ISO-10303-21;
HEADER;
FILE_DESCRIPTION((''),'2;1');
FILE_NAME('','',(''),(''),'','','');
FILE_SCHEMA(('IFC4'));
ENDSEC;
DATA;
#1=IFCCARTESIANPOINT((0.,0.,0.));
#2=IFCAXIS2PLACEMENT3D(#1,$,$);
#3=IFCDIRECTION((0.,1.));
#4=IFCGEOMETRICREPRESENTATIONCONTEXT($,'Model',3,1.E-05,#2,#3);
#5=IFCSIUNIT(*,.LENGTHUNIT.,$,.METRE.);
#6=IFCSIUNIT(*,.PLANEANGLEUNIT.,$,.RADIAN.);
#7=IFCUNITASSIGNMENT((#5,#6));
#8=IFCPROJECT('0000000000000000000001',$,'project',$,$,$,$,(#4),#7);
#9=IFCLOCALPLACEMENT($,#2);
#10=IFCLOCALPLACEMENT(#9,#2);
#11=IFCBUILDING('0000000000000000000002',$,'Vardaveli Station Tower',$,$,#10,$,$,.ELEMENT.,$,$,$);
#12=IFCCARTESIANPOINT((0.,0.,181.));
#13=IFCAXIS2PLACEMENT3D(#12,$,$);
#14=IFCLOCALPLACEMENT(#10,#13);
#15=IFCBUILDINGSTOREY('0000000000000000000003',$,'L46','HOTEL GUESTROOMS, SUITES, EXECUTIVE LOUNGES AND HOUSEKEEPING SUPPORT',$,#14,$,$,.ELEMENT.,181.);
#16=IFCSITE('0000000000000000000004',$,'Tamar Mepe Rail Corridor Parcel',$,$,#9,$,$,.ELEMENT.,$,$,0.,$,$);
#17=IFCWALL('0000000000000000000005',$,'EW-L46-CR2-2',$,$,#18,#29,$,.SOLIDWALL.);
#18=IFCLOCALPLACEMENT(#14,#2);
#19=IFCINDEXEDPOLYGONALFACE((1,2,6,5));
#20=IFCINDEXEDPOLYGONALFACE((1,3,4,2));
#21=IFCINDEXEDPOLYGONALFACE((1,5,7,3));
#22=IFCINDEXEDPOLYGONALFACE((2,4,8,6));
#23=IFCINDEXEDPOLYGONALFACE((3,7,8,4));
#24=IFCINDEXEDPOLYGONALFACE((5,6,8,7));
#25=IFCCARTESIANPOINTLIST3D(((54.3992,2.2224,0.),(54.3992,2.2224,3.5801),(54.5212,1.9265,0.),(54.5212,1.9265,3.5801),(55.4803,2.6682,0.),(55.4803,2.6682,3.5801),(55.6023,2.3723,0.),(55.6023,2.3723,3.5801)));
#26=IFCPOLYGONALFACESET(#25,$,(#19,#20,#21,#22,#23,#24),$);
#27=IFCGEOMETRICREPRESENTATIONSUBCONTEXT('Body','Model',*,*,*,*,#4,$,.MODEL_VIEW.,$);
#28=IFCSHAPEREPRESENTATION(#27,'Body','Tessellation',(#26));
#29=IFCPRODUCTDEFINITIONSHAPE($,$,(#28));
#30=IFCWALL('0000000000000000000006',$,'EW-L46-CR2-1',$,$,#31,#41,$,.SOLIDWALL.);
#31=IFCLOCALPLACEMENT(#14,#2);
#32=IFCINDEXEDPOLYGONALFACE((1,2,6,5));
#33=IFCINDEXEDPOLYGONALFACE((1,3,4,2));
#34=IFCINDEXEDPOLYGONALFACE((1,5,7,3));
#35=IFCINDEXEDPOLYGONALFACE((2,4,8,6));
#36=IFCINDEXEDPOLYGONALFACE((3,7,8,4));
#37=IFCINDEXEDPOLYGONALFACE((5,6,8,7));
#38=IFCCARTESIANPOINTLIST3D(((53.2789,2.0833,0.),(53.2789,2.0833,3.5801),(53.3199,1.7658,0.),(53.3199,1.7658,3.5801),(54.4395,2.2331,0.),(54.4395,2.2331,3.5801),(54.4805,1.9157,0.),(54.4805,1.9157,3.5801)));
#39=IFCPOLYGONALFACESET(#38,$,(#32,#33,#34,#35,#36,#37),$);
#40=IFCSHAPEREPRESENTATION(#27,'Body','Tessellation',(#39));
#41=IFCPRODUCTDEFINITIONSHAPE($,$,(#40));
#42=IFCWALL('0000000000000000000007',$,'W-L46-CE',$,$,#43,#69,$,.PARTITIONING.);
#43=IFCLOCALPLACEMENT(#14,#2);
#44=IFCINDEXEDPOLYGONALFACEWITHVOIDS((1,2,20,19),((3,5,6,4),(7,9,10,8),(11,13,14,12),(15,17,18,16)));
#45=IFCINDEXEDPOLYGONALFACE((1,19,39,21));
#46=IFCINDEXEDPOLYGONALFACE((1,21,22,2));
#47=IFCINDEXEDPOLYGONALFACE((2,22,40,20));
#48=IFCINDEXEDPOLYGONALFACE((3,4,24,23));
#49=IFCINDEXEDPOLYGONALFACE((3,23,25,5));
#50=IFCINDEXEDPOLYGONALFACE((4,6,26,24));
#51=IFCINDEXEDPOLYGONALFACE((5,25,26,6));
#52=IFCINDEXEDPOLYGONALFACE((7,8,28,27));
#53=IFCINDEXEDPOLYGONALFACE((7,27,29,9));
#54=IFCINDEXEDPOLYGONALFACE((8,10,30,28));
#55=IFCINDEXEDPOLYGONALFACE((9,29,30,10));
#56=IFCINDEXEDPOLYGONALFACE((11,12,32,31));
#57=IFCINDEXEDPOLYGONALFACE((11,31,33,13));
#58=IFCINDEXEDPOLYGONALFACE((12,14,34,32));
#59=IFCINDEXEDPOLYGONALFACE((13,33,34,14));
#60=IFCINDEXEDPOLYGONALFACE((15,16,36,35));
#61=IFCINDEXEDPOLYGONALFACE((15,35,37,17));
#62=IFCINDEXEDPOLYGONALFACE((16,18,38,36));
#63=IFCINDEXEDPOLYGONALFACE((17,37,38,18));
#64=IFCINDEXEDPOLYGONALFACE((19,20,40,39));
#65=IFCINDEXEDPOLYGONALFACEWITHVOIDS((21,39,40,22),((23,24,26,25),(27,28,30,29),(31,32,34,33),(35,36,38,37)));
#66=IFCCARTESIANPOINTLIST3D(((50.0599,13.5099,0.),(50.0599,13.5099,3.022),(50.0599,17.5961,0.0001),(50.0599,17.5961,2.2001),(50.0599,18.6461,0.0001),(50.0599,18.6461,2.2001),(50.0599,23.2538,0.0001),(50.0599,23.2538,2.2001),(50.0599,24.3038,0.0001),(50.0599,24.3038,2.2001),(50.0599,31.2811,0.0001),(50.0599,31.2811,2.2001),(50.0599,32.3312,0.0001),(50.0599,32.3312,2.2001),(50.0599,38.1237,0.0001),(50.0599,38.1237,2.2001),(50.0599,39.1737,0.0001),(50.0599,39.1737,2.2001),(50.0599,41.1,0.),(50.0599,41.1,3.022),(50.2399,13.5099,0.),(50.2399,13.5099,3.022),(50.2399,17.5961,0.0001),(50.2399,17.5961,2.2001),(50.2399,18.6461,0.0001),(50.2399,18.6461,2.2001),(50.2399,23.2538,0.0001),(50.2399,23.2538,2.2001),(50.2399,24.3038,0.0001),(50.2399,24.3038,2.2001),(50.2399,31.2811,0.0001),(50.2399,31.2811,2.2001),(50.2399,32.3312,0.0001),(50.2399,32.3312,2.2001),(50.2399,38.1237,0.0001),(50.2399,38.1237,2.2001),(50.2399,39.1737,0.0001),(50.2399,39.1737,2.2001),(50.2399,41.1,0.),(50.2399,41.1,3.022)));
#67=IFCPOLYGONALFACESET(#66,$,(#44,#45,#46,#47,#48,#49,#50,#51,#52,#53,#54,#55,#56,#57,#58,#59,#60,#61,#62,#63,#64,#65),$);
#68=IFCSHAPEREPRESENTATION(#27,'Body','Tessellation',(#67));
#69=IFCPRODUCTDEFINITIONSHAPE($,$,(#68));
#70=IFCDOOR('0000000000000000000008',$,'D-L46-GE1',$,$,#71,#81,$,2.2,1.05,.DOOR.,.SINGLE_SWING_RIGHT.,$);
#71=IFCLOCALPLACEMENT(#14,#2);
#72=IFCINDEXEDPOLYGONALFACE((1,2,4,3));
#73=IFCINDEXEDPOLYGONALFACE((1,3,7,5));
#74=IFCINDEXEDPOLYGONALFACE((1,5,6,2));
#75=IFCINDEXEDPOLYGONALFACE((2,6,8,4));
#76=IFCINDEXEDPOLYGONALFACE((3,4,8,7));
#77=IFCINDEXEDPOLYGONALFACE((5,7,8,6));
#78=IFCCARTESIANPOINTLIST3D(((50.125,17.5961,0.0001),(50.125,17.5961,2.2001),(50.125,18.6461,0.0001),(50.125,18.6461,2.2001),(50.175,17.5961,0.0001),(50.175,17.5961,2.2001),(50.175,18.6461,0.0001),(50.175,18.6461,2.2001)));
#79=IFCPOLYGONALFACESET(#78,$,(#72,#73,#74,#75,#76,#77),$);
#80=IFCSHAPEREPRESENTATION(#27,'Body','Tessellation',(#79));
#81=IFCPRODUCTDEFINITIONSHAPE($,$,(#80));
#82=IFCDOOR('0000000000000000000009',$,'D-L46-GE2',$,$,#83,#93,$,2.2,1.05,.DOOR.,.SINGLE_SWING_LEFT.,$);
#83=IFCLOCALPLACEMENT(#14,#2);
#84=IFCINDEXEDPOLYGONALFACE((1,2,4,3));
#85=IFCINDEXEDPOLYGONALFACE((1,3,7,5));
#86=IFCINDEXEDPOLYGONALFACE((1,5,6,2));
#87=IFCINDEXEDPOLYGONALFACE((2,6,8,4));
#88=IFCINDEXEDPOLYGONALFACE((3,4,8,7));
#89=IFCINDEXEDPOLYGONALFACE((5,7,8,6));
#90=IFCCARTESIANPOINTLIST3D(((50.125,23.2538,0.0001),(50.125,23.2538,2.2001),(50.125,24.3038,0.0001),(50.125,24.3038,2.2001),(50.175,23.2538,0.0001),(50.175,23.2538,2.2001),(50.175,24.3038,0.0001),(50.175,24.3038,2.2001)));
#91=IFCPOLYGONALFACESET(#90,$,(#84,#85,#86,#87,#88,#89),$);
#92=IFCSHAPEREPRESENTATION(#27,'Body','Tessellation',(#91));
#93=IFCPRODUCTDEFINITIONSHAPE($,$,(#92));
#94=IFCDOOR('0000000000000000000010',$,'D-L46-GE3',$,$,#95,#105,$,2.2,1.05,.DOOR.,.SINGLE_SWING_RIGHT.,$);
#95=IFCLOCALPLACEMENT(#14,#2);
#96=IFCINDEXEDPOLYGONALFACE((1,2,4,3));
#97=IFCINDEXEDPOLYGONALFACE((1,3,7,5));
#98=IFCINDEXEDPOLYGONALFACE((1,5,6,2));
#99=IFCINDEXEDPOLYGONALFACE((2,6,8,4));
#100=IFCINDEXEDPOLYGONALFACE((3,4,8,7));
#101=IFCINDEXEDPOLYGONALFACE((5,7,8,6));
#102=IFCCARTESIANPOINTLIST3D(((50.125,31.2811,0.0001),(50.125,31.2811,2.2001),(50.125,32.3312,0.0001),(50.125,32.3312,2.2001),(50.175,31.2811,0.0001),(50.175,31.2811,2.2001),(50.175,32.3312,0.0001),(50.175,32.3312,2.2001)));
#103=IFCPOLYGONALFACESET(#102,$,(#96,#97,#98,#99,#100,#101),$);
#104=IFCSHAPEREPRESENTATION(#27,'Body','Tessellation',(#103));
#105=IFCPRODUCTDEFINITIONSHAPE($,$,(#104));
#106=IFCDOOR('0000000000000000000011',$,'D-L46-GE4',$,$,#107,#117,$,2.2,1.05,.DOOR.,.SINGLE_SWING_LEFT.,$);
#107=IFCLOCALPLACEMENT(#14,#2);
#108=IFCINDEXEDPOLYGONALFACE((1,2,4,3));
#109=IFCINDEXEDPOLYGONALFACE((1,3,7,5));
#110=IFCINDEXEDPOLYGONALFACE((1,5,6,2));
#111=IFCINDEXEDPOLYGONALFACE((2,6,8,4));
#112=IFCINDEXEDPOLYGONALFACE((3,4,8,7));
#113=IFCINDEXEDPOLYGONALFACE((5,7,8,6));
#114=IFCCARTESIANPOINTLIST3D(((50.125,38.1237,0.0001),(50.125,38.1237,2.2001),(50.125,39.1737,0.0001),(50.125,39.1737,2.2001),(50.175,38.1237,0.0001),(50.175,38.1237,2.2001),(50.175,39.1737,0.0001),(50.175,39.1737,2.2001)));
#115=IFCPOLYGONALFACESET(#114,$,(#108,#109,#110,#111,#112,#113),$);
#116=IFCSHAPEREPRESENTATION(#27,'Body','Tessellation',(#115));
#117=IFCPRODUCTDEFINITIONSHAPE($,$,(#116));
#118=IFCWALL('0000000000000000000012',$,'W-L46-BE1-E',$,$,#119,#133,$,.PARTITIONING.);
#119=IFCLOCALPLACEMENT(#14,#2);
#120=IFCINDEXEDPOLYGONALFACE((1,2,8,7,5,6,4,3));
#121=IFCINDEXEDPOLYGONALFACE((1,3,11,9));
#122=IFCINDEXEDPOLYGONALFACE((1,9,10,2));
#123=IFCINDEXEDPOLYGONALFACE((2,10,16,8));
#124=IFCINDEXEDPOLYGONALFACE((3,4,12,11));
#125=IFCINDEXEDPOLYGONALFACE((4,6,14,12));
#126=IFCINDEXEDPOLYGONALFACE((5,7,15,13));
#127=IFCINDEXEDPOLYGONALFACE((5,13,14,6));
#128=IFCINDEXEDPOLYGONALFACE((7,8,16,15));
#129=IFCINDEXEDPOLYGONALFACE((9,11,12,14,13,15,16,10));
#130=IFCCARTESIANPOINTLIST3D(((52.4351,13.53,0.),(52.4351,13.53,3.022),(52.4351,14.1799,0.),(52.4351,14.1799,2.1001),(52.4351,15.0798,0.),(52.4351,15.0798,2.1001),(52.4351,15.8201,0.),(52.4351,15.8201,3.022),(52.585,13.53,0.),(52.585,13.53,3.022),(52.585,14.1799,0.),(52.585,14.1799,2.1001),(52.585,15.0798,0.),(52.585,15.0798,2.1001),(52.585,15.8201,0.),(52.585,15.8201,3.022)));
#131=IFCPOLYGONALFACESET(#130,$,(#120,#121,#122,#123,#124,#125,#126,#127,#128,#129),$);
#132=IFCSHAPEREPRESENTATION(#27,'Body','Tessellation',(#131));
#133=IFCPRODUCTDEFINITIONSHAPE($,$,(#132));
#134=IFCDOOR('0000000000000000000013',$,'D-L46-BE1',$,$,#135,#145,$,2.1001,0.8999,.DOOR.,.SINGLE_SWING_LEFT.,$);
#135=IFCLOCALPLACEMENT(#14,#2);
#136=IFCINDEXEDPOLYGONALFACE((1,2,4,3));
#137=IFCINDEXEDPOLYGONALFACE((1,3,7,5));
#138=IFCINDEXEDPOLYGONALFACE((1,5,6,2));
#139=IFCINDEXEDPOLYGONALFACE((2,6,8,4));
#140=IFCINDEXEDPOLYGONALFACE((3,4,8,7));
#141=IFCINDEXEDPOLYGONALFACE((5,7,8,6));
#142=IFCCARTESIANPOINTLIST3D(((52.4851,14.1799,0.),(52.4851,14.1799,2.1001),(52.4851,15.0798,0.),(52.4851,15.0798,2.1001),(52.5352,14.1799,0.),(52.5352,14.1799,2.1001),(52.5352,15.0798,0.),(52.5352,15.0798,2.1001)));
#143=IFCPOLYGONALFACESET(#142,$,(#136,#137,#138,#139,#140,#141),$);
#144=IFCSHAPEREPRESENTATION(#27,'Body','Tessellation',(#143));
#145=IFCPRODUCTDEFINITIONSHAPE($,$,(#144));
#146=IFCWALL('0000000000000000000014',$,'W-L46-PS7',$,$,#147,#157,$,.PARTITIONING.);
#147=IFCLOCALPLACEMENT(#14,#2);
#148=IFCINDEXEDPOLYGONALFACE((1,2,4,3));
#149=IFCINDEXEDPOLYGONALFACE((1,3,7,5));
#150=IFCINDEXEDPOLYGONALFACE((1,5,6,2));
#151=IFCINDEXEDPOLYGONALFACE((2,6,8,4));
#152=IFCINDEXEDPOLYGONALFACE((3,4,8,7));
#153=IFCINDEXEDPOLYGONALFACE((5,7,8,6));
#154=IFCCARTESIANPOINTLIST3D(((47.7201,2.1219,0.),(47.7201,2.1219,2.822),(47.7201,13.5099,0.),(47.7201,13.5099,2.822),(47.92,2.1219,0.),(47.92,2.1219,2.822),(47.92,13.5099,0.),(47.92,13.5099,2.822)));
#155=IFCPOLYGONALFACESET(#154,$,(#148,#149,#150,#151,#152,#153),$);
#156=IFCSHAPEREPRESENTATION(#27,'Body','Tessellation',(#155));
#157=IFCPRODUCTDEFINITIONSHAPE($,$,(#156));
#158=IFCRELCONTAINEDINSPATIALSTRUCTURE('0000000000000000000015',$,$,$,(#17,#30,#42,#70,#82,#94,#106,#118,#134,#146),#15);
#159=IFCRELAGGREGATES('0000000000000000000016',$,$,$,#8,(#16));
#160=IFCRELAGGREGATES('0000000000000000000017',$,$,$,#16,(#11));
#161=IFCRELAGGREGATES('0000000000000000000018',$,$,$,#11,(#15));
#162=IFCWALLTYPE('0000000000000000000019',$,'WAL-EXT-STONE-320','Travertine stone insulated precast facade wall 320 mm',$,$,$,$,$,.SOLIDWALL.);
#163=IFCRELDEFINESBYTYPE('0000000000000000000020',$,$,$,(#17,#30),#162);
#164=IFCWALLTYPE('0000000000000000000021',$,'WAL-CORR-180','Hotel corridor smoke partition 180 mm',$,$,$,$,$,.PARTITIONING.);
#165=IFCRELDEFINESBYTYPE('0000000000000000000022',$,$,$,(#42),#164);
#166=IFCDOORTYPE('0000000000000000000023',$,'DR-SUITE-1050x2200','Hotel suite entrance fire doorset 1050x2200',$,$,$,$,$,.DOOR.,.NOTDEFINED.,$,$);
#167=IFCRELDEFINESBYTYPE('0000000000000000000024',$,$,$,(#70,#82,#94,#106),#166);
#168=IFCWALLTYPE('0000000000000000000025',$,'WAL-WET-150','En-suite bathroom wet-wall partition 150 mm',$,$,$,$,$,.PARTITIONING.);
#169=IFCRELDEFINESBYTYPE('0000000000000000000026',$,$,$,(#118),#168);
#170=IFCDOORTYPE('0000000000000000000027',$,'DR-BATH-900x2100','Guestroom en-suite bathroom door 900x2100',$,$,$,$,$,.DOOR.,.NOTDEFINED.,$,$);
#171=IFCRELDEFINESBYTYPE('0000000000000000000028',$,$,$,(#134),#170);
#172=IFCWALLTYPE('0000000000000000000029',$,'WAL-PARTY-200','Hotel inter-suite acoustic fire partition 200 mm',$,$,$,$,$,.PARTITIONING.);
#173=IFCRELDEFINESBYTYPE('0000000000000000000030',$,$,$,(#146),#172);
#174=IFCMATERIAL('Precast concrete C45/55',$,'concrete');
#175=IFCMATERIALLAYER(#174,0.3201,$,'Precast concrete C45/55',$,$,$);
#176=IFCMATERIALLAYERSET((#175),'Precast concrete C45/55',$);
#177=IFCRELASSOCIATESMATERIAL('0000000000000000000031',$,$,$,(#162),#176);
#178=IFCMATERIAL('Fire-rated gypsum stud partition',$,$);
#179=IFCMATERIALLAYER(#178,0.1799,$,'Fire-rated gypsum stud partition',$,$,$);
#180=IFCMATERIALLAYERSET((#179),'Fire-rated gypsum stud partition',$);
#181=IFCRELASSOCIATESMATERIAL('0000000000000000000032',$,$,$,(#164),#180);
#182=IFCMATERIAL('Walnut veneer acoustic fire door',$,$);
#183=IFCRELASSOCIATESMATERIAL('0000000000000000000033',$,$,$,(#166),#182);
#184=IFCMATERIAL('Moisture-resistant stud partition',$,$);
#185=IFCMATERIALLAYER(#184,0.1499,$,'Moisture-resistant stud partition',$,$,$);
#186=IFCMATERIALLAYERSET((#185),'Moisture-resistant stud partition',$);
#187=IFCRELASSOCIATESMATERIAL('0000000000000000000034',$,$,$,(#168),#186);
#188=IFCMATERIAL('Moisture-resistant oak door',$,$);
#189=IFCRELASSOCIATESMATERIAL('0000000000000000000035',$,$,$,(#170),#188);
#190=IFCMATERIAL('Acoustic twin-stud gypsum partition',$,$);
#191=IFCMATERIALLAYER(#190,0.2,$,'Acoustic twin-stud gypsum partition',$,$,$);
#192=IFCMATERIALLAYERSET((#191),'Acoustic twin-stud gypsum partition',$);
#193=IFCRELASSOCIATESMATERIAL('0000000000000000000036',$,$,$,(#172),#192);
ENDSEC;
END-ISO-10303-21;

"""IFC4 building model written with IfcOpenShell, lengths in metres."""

from ifc_helpers import new_model, si_unit, direction, frame, frame_2d, origin, place, context, subcontext, project, spatial, rectangle, extrude, source, transform, mapped, material, layer, layer_set, type_object, element, fill, save


model = new_model("IFC4")

# Units and contexts
model_context = context("Model", 3, precision=1e-05, world=origin(), true_north=direction((0.0, 1.0)))
body_context = subcontext(model_context, "Body", "Model", "MODEL_VIEW")
ifc_project = project(units=[si_unit("LENGTHUNIT", "METRE"), si_unit("PLANEANGLEUNIT", "RADIAN")], contexts=[model_context])

# Site, building, storey
site_placement = place(None, origin())
site = spatial("IfcSite", under=ifc_project, at=site_placement, Name="Tamar Mepe Rail Corridor Parcel", CompositionType="ELEMENT", RefElevation=0.0)
building_placement = place(site_placement, origin())
building = spatial("IfcBuilding", under=site, at=building_placement, Name="Vardaveli Station Tower", CompositionType="ELEMENT")
storey_placement = place(building_placement, frame((0.0, 0.0, 181.0)))
storey = spatial("IfcBuildingStorey", under=building, at=storey_placement, Name="L46", Description="HOTEL GUESTROOMS, SUITES, EXECUTIVE LOUNGES AND HOUSEKEEPING SUPPORT", CompositionType="ELEMENT", Elevation=181.0)

# Shared definitions
ifc_material_1 = material(Name="Precast concrete C45/55", Category="concrete")

# Shared definitions
ifc_layer_1 = layer(ifc_material_1, 0.3201, Name="Precast concrete C45/55")
ifc_layer_set_1 = layer_set([ifc_layer_1], Name="Precast concrete C45/55")
wall_type_1 = type_object("IfcWallType", Name="WAL-EXT-STONE-320", Description="Travertine stone insulated precast facade wall 320 mm", PredefinedType="SOLIDWALL", material=ifc_layer_set_1)

# Walls
shared_shape_1 = source(origin(), body_context, "Body", "SweptSolid", [
    extrude(rectangle(XDim=1.1694, YDim=0.3201, at=frame_2d((0.5847, 0.0))), origin(), (0.0, 0.0, 1.0), 3.5801),
])
wall_1_placement = place(storey_placement, frame((54.4602, 2.0745, 0.0), z_axis=(0.0, 0.0, 1.0), x_axis=(0.924479, 0.381233, 0.0)))
element("IfcWall", 1, at=wall_1_placement, inside=storey, type_object=wall_type_1, Name="EW-L46-CR2-2", PredefinedType="SOLIDWALL", context=body_context, shape_type="MappedRepresentation", body=[
    mapped(shared_shape_1, transform((0.0, 0.0, 0.0), scale=1.0)),
])
shared_shape_2 = source(origin(), body_context, "Body", "SweptSolid", [
    extrude(rectangle(XDim=1.1702, YDim=0.3201, at=frame_2d((0.585, 0.0))), origin(), (0.0, 0.0, 1.0), 3.5801),
])
wall_2_placement = place(storey_placement, frame((53.2996, 1.9246, 0.0), z_axis=(0.0, 0.0, 1.0), x_axis=(0.991762, 0.12809, 0.0)))
element("IfcWall", 2, at=wall_2_placement, inside=storey, type_object=wall_type_1, Name="EW-L46-CR2-1", PredefinedType="SOLIDWALL", context=body_context, shape_type="MappedRepresentation", body=[
    mapped(shared_shape_2, transform((0.0, 0.0, 0.0), scale=1.0)),
])

# Wall, openings, doors
ifc_material_2 = material(Name="Fire-rated gypsum stud partition")
ifc_layer_2 = layer(ifc_material_2, 0.1799, Name="Fire-rated gypsum stud partition")
ifc_layer_set_2 = layer_set([ifc_layer_2], Name="Fire-rated gypsum stud partition")
wall_type_2 = type_object("IfcWallType", Name="WAL-CORR-180", Description="Hotel corridor smoke partition 180 mm", PredefinedType="PARTITIONING", material=ifc_layer_set_2)
shared_shape_3 = source(origin(), body_context, "Body", "SweptSolid", [
    extrude(rectangle(XDim=27.5901, YDim=0.1799, at=frame_2d((13.7949, 0.0))), origin(), (0.0, 0.0, 1.0), 3.022),
])
wall_3_placement = place(storey_placement, frame((50.1499, 13.51, 0.0), z_axis=(0.0, 0.0, 1.0), x_axis=(0.0, 1.0, 0.0)))
wall_3 = element("IfcWall", 3, at=wall_3_placement, inside=storey, type_object=wall_type_2, Name="W-L46-CE", PredefinedType="PARTITIONING", context=body_context, shape_type="MappedRepresentation", body=[
    mapped(shared_shape_3, transform((0.0, 0.0, 0.0), scale=1.0)),
])
shared_shape_4 = source(origin(), body_context, "Body", "SweptSolid", [
    extrude(rectangle(XDim=1.05, YDim=2.2, at=frame_2d((0.5249, 1.1001))), frame((0.0, 0.1001, 0.0), z_axis=(0.0, -1.0, 0.0), x_axis=(1.0, 0.0, 0.0)), (0.0, 0.0, 1.0), 0.2),
])
opening_1_placement = place(wall_3_placement, frame((4.0862, 0.0, 0.0)))
opening_1 = element("IfcOpeningElement", 4, at=opening_1_placement, cuts=wall_3, PredefinedType="OPENING", context=body_context, shape_type="MappedRepresentation", body=[
    mapped(shared_shape_4, transform((0.0, 0.0, 0.0), scale=1.0)),
])
opening_2_placement = place(wall_3_placement, frame((9.7439, 0.0, 0.0)))
opening_2 = element("IfcOpeningElement", 5, at=opening_2_placement, cuts=wall_3, PredefinedType="OPENING", context=body_context, shape_type="MappedRepresentation", body=[
    mapped(shared_shape_4, transform((0.0, 0.0, 0.0), scale=1.0)),
])
opening_3_placement = place(wall_3_placement, frame((17.7712, 0.0, 0.0)))
opening_3 = element("IfcOpeningElement", 6, at=opening_3_placement, cuts=wall_3, PredefinedType="OPENING", context=body_context, shape_type="MappedRepresentation", body=[
    mapped(shared_shape_4, transform((0.0, 0.0, 0.0), scale=1.0)),
])
opening_4_placement = place(wall_3_placement, frame((24.6138, 0.0, 0.0)))
opening_4 = element("IfcOpeningElement", 7, at=opening_4_placement, cuts=wall_3, PredefinedType="OPENING", context=body_context, shape_type="MappedRepresentation", body=[
    mapped(shared_shape_4, transform((0.0, 0.0, 0.0), scale=1.0)),
])
ifc_material_3 = material(Name="Walnut veneer acoustic fire door")
door_type_1 = type_object("IfcDoorType", Name="DR-SUITE-1050x2200", Description="Hotel suite entrance fire doorset 1050x2200", OperationType="NOTDEFINED", PredefinedType="DOOR", material=ifc_material_3)
shared_shape_5 = source(origin(), body_context, "Body", "SweptSolid", [
    extrude(rectangle(XDim=1.05, YDim=2.2, at=frame_2d((0.5249, 1.1001))), frame((0.0, 0.0249, 0.0), z_axis=(0.0, -1.0, 0.0), x_axis=(1.0, 0.0, 0.0)), (0.0, 0.0, 1.0), 0.05),
])
door_1_placement = place(opening_1_placement, origin())
door_1 = element("IfcDoor", 8, at=door_1_placement, inside=storey, type_object=door_type_1, Name="D-L46-GE1", OperationType="SINGLE_SWING_RIGHT", OverallHeight=2.2, OverallWidth=1.05, PredefinedType="DOOR", context=body_context, shape_type="MappedRepresentation", body=[
    mapped(shared_shape_5, transform((0.0, 0.0, 0.0), scale=1.0)),
])
fill(opening_1, door_1)
door_2_placement = place(opening_2_placement, origin())
door_2 = element("IfcDoor", 9, at=door_2_placement, inside=storey, type_object=door_type_1, Name="D-L46-GE2", OperationType="SINGLE_SWING_LEFT", OverallHeight=2.2, OverallWidth=1.05, PredefinedType="DOOR", context=body_context, shape_type="MappedRepresentation", body=[
    mapped(shared_shape_5, transform((0.0, 0.0, 0.0), scale=1.0)),
])
fill(opening_2, door_2)
door_3_placement = place(opening_3_placement, origin())
door_3 = element("IfcDoor", 10, at=door_3_placement, inside=storey, type_object=door_type_1, Name="D-L46-GE3", OperationType="SINGLE_SWING_RIGHT", OverallHeight=2.2, OverallWidth=1.05, PredefinedType="DOOR", context=body_context, shape_type="MappedRepresentation", body=[
    mapped(shared_shape_5, transform((0.0, 0.0, 0.0), scale=1.0)),
])
fill(opening_3, door_3)
door_4_placement = place(opening_4_placement, origin())
door_4 = element("IfcDoor", 11, at=door_4_placement, inside=storey, type_object=door_type_1, Name="D-L46-GE4", OperationType="SINGLE_SWING_LEFT", OverallHeight=2.2, OverallWidth=1.05, PredefinedType="DOOR", context=body_context, shape_type="MappedRepresentation", body=[
    mapped(shared_shape_5, transform((0.0, 0.0, 0.0), scale=1.0)),
])
fill(opening_4, door_4)

# Wall, opening, door
ifc_material_4 = material(Name="Moisture-resistant stud partition")
ifc_layer_3 = layer(ifc_material_4, 0.1499, Name="Moisture-resistant stud partition")
ifc_layer_set_3 = layer_set([ifc_layer_3], Name="Moisture-resistant stud partition")
wall_type_3 = type_object("IfcWallType", Name="WAL-WET-150", Description="En-suite bathroom wet-wall partition 150 mm", PredefinedType="PARTITIONING", material=ifc_layer_set_3)
shared_shape_6 = source(origin(), body_context, "Body", "SweptSolid", [
    extrude(rectangle(XDim=2.29, YDim=0.1499, at=frame_2d((1.145, 0.0))), origin(), (0.0, 0.0, 1.0), 3.022),
])
wall_4_placement = place(storey_placement, frame((52.51, 13.53, 0.0), z_axis=(0.0, 0.0, 1.0), x_axis=(0.0, 1.0, 0.0)))
wall_4 = element("IfcWall", 12, at=wall_4_placement, inside=storey, type_object=wall_type_3, Name="W-L46-BE1-E", PredefinedType="PARTITIONING", context=body_context, shape_type="MappedRepresentation", body=[
    mapped(shared_shape_6, transform((0.0, 0.0, 0.0), scale=1.0)),
])
shared_shape_7 = source(origin(), body_context, "Body", "SweptSolid", [
    extrude(rectangle(XDim=0.8999, YDim=2.1001, at=frame_2d((0.45, 1.05))), frame((0.0, 0.085, 0.0), z_axis=(0.0, -1.0, 0.0), x_axis=(1.0, 0.0, 0.0)), (0.0, 0.0, 1.0), 0.1699),
])
opening_5_placement = place(wall_4_placement, frame((0.6499, 0.0, 0.0)))
opening_5 = element("IfcOpeningElement", 13, at=opening_5_placement, cuts=wall_4, PredefinedType="OPENING", context=body_context, shape_type="MappedRepresentation", body=[
    mapped(shared_shape_7, transform((0.0, 0.0, 0.0), scale=1.0)),
])
ifc_material_5 = material(Name="Moisture-resistant oak door")
door_type_2 = type_object("IfcDoorType", Name="DR-BATH-900x2100", Description="Guestroom en-suite bathroom door 900x2100", OperationType="NOTDEFINED", PredefinedType="DOOR", material=ifc_material_5)
shared_shape_8 = source(origin(), body_context, "Body", "SweptSolid", [
    extrude(rectangle(XDim=0.8999, YDim=2.1001, at=frame_2d((0.45, 1.05))), frame((0.0, 0.0249, 0.0), z_axis=(0.0, -1.0, 0.0), x_axis=(1.0, 0.0, 0.0)), (0.0, 0.0, 1.0), 0.05),
])
door_5_placement = place(opening_5_placement, origin())
door_5 = element("IfcDoor", 14, at=door_5_placement, inside=storey, type_object=door_type_2, Name="D-L46-BE1", OperationType="SINGLE_SWING_LEFT", OverallHeight=2.1001, OverallWidth=0.8999, PredefinedType="DOOR", context=body_context, shape_type="MappedRepresentation", body=[
    mapped(shared_shape_8, transform((0.0, 0.0, 0.0), scale=1.0)),
])
fill(opening_5, door_5)

# Wall
ifc_material_6 = material(Name="Acoustic twin-stud gypsum partition")
ifc_layer_4 = layer(ifc_material_6, 0.2, Name="Acoustic twin-stud gypsum partition")
ifc_layer_set_4 = layer_set([ifc_layer_4], Name="Acoustic twin-stud gypsum partition")
wall_type_4 = type_object("IfcWallType", Name="WAL-PARTY-200", Description="Hotel inter-suite acoustic fire partition 200 mm", PredefinedType="PARTITIONING", material=ifc_layer_set_4)
shared_shape_9 = source(origin(), body_context, "Body", "SweptSolid", [
    extrude(rectangle(XDim=11.3879, YDim=0.2, at=frame_2d((5.6938, 0.0))), origin(), (0.0, 0.0, 1.0), 2.822),
])
wall_5_placement = place(storey_placement, frame((47.8201, 2.1221, 0.0), z_axis=(0.0, 0.0, 1.0), x_axis=(0.0, 1.0, 0.0)))
element("IfcWall", 15, at=wall_5_placement, inside=storey, type_object=wall_type_4, Name="W-L46-PS7", PredefinedType="PARTITIONING", context=body_context, shape_type="MappedRepresentation", body=[
    mapped(shared_shape_9, transform((0.0, 0.0, 0.0), scale=1.0)),
])

save(model, "model.ifc")
